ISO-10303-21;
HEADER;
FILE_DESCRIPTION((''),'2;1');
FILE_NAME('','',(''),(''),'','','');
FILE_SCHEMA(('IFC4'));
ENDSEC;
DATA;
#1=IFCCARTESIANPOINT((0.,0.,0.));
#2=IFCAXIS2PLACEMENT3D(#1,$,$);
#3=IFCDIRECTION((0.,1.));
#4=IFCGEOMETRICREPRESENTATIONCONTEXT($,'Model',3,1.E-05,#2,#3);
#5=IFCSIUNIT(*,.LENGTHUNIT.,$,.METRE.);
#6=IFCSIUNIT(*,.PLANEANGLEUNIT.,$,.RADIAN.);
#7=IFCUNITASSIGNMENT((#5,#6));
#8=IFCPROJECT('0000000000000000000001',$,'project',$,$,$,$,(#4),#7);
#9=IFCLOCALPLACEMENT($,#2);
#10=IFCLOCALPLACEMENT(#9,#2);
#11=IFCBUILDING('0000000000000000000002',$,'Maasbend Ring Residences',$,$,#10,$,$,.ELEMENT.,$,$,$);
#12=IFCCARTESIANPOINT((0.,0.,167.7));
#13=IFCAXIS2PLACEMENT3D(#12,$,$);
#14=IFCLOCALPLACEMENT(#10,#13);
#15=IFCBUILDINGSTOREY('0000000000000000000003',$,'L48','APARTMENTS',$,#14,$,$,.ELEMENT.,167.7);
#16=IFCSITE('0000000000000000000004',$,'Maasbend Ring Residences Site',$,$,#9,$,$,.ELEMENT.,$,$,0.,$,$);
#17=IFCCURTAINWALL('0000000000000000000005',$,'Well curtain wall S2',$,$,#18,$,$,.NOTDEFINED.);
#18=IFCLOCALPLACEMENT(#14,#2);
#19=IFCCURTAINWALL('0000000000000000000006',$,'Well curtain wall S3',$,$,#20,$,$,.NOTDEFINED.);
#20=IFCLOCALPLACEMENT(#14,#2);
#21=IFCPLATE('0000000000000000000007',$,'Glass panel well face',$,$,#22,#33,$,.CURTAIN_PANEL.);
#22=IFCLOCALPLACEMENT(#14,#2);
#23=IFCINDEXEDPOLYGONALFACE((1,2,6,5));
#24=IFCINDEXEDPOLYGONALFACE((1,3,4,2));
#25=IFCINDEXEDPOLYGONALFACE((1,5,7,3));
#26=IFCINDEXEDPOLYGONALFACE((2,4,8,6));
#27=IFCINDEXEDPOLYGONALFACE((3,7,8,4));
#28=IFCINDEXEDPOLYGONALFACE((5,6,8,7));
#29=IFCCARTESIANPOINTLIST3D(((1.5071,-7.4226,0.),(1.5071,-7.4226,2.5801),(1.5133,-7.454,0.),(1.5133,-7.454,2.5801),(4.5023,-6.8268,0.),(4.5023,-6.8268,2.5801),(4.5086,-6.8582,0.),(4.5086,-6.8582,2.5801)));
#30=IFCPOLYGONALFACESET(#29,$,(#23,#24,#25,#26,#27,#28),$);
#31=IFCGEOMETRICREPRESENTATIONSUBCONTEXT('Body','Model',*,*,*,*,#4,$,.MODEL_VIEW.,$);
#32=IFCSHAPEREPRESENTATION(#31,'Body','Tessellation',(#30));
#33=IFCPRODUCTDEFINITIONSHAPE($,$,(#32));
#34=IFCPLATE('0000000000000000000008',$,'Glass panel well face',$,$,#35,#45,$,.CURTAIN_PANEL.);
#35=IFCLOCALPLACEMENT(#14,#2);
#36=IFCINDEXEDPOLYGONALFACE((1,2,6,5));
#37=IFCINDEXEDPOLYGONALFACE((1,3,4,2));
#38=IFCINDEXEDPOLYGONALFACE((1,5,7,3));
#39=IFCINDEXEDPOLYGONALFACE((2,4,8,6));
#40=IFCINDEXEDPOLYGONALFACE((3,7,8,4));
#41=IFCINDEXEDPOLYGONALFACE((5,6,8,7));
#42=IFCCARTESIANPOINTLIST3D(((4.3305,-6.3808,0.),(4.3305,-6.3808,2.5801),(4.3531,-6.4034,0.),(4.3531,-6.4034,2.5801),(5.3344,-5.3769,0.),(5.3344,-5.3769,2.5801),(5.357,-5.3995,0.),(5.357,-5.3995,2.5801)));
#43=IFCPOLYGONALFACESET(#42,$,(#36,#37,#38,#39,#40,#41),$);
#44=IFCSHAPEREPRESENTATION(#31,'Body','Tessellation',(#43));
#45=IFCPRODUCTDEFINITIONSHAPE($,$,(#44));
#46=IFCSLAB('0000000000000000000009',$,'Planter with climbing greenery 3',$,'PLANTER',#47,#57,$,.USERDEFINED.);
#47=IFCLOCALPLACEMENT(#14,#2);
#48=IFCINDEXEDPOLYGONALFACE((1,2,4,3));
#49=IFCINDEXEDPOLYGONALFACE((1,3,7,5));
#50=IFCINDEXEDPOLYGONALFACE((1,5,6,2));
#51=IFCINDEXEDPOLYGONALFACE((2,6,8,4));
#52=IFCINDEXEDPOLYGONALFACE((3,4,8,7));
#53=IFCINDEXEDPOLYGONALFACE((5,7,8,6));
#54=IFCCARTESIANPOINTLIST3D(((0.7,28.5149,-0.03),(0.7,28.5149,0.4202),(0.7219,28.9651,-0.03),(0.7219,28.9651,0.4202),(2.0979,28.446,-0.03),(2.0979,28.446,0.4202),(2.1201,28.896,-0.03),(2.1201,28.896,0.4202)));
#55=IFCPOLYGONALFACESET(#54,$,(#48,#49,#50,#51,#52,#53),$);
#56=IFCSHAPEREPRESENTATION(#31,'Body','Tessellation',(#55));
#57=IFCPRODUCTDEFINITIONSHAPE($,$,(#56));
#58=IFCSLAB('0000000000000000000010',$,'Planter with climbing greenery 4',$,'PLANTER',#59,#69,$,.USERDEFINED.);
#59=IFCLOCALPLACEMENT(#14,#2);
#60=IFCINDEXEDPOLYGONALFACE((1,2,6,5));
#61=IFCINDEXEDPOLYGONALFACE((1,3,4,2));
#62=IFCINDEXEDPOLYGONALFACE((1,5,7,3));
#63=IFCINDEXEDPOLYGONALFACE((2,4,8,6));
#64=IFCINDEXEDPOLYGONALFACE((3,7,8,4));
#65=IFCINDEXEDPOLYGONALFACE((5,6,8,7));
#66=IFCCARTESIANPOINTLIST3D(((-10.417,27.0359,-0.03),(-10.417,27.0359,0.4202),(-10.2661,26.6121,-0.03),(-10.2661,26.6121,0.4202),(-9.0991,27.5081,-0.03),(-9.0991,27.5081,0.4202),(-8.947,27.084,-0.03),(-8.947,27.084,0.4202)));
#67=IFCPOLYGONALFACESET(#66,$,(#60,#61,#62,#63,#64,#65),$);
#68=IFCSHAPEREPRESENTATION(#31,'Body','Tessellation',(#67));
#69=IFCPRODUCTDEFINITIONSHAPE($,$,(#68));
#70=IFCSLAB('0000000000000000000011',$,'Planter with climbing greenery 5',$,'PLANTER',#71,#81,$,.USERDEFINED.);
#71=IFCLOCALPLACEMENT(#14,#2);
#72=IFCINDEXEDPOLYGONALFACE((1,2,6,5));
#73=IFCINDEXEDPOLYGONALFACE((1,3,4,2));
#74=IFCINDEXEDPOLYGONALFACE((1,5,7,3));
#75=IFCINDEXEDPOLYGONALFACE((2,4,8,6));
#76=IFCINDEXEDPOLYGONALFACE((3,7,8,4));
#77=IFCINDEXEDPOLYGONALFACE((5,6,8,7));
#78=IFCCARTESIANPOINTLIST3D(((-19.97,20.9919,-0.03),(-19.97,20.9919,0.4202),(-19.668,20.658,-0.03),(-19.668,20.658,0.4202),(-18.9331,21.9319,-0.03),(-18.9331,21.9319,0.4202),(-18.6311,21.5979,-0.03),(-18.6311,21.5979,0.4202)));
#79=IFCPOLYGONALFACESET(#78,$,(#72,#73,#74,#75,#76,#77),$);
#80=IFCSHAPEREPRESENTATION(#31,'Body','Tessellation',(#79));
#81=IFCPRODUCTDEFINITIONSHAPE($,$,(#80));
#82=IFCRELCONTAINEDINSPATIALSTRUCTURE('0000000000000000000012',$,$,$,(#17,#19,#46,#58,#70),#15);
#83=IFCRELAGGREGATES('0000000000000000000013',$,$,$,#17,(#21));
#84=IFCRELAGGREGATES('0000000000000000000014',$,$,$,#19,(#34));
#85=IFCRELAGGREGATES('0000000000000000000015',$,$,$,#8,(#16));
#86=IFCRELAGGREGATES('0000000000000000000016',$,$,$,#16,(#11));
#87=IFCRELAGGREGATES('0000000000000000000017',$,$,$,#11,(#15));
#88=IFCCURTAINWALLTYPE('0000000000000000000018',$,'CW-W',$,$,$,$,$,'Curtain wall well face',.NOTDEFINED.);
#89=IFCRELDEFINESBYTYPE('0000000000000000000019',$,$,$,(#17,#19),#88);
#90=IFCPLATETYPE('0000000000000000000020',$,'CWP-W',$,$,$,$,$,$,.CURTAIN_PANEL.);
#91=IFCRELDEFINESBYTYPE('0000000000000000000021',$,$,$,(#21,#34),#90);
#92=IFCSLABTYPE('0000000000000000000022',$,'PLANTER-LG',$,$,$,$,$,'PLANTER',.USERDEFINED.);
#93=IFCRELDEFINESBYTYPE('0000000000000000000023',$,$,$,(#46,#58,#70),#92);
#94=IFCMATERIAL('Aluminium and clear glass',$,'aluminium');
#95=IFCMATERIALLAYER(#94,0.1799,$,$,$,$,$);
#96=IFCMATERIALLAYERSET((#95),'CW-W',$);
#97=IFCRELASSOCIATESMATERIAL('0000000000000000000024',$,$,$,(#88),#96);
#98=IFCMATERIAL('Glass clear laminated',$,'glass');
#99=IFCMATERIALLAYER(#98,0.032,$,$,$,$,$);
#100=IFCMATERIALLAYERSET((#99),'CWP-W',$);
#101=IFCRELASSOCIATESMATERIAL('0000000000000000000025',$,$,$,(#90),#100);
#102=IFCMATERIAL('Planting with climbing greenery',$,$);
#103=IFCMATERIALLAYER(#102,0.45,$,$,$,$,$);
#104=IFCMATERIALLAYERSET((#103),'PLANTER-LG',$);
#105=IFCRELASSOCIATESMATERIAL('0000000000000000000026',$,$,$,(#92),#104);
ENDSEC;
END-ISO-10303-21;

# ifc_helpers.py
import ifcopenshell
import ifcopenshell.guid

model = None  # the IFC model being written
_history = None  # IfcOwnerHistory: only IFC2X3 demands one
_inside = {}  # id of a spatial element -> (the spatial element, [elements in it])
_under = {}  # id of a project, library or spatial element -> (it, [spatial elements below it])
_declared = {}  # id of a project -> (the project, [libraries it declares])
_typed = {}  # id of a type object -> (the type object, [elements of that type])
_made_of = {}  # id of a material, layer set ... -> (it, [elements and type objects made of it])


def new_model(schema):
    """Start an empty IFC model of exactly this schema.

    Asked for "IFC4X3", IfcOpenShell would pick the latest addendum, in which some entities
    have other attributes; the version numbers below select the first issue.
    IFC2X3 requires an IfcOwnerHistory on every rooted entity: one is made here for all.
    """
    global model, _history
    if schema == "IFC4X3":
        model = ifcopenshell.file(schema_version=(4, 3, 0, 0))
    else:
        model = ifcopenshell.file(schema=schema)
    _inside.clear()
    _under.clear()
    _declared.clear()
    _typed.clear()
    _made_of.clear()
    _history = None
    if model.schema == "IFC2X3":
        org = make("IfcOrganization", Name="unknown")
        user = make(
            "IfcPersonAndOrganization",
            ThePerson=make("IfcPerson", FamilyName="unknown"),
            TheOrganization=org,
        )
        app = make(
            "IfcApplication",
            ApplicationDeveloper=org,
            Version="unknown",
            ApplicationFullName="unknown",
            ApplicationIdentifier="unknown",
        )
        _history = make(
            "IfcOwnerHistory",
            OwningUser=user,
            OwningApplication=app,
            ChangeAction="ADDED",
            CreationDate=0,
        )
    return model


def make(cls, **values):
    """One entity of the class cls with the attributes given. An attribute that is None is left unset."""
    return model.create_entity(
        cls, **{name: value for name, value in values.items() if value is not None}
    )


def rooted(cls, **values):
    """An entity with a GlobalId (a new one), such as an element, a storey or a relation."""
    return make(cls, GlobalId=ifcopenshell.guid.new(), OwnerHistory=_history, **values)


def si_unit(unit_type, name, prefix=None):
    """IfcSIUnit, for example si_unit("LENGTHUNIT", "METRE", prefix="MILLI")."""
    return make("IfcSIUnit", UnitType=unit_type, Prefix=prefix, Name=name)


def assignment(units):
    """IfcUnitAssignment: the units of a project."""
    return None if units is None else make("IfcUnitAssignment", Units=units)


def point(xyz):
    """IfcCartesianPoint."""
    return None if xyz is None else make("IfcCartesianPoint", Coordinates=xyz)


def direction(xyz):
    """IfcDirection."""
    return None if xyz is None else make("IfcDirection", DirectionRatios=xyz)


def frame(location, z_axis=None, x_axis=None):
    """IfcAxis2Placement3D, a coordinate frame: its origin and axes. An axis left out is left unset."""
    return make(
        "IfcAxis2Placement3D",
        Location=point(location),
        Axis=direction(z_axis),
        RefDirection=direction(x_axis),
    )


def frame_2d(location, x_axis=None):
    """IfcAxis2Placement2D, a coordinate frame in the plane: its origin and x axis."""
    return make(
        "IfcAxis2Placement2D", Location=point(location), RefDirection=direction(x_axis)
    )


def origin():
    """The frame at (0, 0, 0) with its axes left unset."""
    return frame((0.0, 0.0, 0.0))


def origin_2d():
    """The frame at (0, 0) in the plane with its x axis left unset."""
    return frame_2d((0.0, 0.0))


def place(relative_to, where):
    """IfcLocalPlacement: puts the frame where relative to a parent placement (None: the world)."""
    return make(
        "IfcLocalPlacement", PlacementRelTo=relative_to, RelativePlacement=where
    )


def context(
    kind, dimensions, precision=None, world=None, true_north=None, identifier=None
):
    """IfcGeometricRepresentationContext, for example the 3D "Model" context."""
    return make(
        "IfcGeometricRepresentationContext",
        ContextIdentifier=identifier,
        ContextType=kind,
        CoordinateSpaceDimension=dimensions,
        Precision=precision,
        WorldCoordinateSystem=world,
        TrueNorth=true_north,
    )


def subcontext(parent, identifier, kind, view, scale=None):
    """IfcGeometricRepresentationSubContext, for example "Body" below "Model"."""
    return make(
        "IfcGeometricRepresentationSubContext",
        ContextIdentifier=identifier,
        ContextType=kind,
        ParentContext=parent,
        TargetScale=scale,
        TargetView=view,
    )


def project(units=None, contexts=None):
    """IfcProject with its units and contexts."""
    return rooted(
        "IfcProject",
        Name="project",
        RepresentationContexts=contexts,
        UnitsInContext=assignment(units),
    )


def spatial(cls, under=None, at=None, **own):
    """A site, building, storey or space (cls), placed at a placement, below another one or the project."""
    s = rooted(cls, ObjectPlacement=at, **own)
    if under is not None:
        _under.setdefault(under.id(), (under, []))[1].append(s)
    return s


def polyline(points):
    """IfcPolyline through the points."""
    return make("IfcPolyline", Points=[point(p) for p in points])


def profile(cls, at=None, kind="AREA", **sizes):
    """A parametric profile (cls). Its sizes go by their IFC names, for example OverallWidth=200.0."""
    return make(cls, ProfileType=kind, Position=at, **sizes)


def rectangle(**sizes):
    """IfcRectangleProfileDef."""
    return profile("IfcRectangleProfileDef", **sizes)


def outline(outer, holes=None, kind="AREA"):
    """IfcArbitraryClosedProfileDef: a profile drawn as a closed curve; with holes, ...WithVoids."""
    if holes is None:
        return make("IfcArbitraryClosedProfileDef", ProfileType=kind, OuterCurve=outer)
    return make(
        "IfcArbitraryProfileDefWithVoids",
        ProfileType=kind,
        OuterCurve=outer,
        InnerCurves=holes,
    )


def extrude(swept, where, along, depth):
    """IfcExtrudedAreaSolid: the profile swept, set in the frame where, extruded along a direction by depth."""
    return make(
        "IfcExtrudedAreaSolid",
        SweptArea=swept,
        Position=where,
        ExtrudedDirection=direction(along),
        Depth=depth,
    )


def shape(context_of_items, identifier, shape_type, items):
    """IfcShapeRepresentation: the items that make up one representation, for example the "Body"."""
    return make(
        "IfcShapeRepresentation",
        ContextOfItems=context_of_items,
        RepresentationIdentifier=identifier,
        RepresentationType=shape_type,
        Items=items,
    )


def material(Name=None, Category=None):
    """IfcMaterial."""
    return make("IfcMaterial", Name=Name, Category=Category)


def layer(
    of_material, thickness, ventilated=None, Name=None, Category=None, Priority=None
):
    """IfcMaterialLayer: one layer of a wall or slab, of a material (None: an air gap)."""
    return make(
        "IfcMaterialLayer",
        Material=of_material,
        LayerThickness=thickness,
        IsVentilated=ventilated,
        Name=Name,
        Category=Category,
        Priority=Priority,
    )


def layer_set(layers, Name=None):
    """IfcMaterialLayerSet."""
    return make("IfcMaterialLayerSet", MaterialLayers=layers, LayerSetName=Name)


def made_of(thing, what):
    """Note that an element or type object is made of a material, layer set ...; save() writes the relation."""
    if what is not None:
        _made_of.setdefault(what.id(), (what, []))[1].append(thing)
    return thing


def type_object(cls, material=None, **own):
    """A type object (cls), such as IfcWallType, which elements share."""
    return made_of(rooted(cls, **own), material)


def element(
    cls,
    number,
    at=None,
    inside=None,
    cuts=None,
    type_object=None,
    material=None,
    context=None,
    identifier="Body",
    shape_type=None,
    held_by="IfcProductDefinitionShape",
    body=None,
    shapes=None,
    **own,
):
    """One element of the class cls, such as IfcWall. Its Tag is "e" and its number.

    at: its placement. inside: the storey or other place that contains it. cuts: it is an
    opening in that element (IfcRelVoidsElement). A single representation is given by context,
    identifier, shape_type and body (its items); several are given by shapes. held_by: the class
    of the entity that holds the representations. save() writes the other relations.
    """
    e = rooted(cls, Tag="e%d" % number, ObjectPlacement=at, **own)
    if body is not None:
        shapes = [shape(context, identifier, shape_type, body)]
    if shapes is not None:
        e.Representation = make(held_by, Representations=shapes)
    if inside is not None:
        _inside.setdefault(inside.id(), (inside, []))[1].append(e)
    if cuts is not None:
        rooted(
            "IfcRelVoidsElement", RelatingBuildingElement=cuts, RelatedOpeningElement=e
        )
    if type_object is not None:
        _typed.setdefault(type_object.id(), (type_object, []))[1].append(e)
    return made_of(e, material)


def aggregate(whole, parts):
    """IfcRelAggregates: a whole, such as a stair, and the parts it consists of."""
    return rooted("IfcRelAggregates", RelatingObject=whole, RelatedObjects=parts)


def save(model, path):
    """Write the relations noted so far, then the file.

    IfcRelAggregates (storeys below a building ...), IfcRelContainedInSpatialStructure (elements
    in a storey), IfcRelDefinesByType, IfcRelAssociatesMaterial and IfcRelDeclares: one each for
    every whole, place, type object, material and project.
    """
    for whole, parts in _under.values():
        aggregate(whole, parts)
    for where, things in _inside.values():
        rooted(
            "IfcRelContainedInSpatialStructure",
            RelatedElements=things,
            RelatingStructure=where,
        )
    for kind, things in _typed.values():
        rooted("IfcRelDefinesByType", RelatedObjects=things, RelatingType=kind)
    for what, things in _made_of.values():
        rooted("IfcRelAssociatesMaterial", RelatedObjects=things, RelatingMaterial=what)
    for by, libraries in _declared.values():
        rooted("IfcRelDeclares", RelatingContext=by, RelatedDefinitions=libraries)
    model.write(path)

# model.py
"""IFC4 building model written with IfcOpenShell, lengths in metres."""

from ifc_helpers import new_model, si_unit, direction, frame, origin, origin_2d, place, context, subcontext, project, spatial, polyline, rectangle, outline, extrude, material, layer, layer_set, type_object, element, aggregate, save


model = new_model("IFC4")

# Units and contexts
model_context = context("Model", 3, precision=1e-05, world=origin(), true_north=direction((0.0, 1.0)))
body_context = subcontext(model_context, "Body", "Model", "MODEL_VIEW")
ifc_project = project(units=[si_unit("LENGTHUNIT", "METRE"), si_unit("PLANEANGLEUNIT", "RADIAN")], contexts=[model_context])

# Site, building, storey
site_placement = place(None, origin())
site = spatial("IfcSite", under=ifc_project, at=site_placement, Name="Maasbend Ring Residences Site", CompositionType="ELEMENT", RefElevation=0.0)
building_placement = place(site_placement, origin())
building = spatial("IfcBuilding", under=site, at=building_placement, Name="Maasbend Ring Residences", CompositionType="ELEMENT")
storey_placement = place(building_placement, frame((0.0, 0.0, 167.7)))
storey = spatial("IfcBuildingStorey", under=building, at=storey_placement, Name="L48", Description="APARTMENTS", CompositionType="ELEMENT", Elevation=167.7)

# Curtain walls
ifc_material_1 = material(Name="Aluminium and clear glass", Category="aluminium")
ifc_layer_1 = layer(ifc_material_1, 0.1799)
ifc_layer_set_1 = layer_set([ifc_layer_1], Name="CW-W")
curtain_wall_type = type_object("IfcCurtainWallType", Name="CW-W", ElementType="Curtain wall well face", PredefinedType="NOTDEFINED", material=ifc_layer_set_1)
curtain_wall_1_placement = place(storey_placement, origin())
curtain_wall_1 = element("IfcCurtainWall", 1, at=curtain_wall_1_placement, inside=storey, type_object=curtain_wall_type, Name="Well curtain wall S2", PredefinedType="NOTDEFINED")
curtain_wall_2_placement = place(storey_placement, origin())
curtain_wall_2 = element("IfcCurtainWall", 2, at=curtain_wall_2_placement, inside=storey, type_object=curtain_wall_type, Name="Well curtain wall S3", PredefinedType="NOTDEFINED")

# Plates
ifc_material_2 = material(Name="Glass clear laminated", Category="glass")
ifc_layer_2 = layer(ifc_material_2, 0.032)
ifc_layer_set_2 = layer_set([ifc_layer_2], Name="CWP-W")
plate_type = type_object("IfcPlateType", Name="CWP-W", PredefinedType="CURTAIN_PANEL", material=ifc_layer_set_2)
plate_1_placement = place(storey_placement, frame((3.0078, -7.1404, 0.0), z_axis=(0.0, 0.0, 1.0), x_axis=(0.980785, 0.19509, 0.0)))
plate_1 = element("IfcPlate", 3, at=plate_1_placement, type_object=plate_type, Name="Glass panel well face", PredefinedType="CURTAIN_PANEL", context=body_context, shape_type="SweptSolid", body=[
    extrude(rectangle(XDim=3.054, YDim=0.032, at=origin_2d()), origin(), (0.0, 0.0, 1.0), 2.5801),
])
aggregate(curtain_wall_1, [plate_1])
plate_2_placement = place(storey_placement, frame((4.8438, -5.8901, 0.0), z_axis=(0.0, 0.0, 1.0), x_axis=(0.707107, 0.707107, 0.0)))
plate_2 = element("IfcPlate", 4, at=plate_2_placement, type_object=plate_type, Name="Glass panel well face", PredefinedType="CURTAIN_PANEL", context=body_context, shape_type="SweptSolid", body=[
    extrude(rectangle(XDim=1.4197, YDim=0.032, at=origin_2d()), origin(), (0.0, 0.0, 1.0), 2.5801),
])
aggregate(curtain_wall_2, [plate_2])

# Slabs
ifc_material_3 = material(Name="Planting with climbing greenery")
ifc_layer_3 = layer(ifc_material_3, 0.45)
ifc_layer_set_3 = layer_set([ifc_layer_3], Name="PLANTER-LG")
slab_type_1 = type_object("IfcSlabType", Name="PLANTER-LG", ElementType="PLANTER", PredefinedType="USERDEFINED", material=ifc_layer_set_3)
slab_1_placement = place(storey_placement, frame((0.0, 0.0, -0.03)))
element("IfcSlab", 5, at=slab_1_placement, inside=storey, type_object=slab_type_1, Name="Planter with climbing greenery 3", ObjectType="PLANTER", PredefinedType="USERDEFINED", context=body_context, shape_type="SweptSolid", body=[
    extrude(outline(polyline([(2.1201, 28.896), (0.7219, 28.9651), (0.7, 28.5149), (2.0979, 28.446), (2.1201, 28.896)])), origin(), (0.0, 0.0, 1.0), 0.4502),
])
slab_2_placement = place(storey_placement, frame((0.0, 0.0, -0.03)))
element("IfcSlab", 6, at=slab_2_placement, inside=storey, type_object=slab_type_1, Name="Planter with climbing greenery 4", ObjectType="PLANTER", PredefinedType="USERDEFINED", context=body_context, shape_type="SweptSolid", body=[
    extrude(outline(polyline([(-9.0991, 27.5081), (-10.417, 27.0359), (-10.2661, 26.6121), (-8.947, 27.084), (-9.0991, 27.5081)])), origin(), (0.0, 0.0, 1.0), 0.4502),
])
slab_3_placement = place(storey_placement, frame((0.0, 0.0, -0.03)))
element("IfcSlab", 7, at=slab_3_placement, inside=storey, type_object=slab_type_1, Name="Planter with climbing greenery 5", ObjectType="PLANTER", PredefinedType="USERDEFINED", context=body_context, shape_type="SweptSolid", body=[
    extrude(outline(polyline([(-18.9331, 21.9319), (-19.97, 20.9919), (-19.668, 20.658), (-18.6311, 21.5979), (-18.9331, 21.9319)])), origin(), (0.0, 0.0, 1.0), 0.4502),
])

save(model, "model.ifc")
